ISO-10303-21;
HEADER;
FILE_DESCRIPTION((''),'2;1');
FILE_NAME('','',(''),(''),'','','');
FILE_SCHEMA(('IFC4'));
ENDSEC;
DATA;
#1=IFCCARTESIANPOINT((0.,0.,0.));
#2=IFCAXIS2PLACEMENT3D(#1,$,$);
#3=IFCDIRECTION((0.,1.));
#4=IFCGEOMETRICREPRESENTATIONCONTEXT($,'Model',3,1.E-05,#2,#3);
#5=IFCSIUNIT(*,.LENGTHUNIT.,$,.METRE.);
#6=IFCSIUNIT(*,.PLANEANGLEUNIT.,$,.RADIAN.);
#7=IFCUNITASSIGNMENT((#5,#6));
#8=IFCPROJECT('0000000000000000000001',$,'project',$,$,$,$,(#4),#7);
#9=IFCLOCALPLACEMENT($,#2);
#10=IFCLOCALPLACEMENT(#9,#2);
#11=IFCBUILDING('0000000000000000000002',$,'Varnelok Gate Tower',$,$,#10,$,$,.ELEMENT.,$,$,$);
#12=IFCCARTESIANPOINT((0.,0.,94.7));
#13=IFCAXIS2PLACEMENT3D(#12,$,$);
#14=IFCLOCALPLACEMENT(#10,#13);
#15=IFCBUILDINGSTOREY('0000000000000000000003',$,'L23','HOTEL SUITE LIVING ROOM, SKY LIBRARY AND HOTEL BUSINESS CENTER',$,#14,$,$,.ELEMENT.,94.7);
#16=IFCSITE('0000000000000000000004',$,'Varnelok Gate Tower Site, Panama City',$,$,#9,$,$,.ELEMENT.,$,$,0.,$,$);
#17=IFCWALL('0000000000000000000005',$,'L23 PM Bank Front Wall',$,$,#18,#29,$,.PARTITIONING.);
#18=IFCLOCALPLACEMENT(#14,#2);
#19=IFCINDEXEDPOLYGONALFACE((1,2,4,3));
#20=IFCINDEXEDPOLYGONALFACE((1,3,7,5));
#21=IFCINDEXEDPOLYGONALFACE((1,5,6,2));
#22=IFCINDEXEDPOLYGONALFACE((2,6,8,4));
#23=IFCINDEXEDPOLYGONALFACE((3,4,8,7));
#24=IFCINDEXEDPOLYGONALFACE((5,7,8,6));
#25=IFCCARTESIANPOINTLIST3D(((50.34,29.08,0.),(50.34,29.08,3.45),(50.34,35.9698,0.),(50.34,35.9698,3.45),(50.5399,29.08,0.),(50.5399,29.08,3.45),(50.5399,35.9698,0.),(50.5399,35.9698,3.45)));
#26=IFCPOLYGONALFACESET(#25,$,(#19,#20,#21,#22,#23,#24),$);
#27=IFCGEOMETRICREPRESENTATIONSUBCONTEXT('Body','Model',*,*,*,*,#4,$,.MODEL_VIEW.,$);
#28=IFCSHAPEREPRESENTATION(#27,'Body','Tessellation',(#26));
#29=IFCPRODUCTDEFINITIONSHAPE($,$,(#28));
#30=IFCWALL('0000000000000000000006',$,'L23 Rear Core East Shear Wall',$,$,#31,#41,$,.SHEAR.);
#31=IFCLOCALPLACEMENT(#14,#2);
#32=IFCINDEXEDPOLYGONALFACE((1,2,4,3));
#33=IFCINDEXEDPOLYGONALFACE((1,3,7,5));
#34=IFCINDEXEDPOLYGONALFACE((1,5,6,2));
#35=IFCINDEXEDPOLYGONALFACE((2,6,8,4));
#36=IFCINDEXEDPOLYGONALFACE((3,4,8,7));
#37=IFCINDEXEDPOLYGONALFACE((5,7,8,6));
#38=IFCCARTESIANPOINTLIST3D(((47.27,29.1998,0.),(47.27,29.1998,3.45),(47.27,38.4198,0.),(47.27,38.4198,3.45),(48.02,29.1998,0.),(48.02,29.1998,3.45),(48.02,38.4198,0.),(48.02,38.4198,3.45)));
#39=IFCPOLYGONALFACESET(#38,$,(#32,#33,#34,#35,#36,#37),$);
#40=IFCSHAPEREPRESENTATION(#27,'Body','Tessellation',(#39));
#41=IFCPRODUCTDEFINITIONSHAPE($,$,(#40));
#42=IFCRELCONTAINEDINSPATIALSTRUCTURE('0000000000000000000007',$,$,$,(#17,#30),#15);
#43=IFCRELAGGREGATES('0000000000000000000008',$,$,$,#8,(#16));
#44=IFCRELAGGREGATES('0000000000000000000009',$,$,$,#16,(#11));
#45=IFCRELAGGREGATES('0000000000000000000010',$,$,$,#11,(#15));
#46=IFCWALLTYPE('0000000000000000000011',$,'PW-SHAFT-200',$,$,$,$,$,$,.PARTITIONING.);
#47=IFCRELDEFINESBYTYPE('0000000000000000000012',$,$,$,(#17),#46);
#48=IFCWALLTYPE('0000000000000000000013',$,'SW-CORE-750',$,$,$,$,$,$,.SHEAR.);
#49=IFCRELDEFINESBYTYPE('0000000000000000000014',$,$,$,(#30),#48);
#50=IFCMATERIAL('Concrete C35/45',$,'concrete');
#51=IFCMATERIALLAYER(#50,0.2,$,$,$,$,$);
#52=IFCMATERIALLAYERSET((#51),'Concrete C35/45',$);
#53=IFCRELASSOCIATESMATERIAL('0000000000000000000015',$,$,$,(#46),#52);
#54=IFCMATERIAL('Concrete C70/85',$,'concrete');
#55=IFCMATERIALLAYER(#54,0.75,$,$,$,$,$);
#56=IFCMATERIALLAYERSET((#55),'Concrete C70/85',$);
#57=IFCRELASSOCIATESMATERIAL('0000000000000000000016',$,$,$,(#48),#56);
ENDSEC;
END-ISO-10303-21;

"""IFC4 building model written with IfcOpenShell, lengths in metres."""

from ifc_helpers import new_model, si_unit, direction, frame, frame_2d, origin, place, context, subcontext, project, spatial, rectangle, extrude, material, layer, layer_set, type_object, element, save


model = new_model("IFC4")

# Units and contexts
model_context = context("Model", 3, precision=1e-05, world=origin(), true_north=direction((0.0, 1.0)))
body_context = subcontext(model_context, "Body", "Model", "MODEL_VIEW")
ifc_project = project(units=[si_unit("LENGTHUNIT", "METRE"), si_unit("PLANEANGLEUNIT", "RADIAN")], contexts=[model_context])

# Site, building, storey
site_placement = place(None, origin())
site = spatial("IfcSite", under=ifc_project, at=site_placement, Name="Varnelok Gate Tower Site, Panama City", CompositionType="ELEMENT", RefElevation=0.0)
building_placement = place(site_placement, origin())
building = spatial("IfcBuilding", under=site, at=building_placement, Name="Varnelok Gate Tower", CompositionType="ELEMENT")
storey_placement = place(building_placement, frame((0.0, 0.0, 94.7)))
storey = spatial("IfcBuildingStorey", under=building, at=storey_placement, Name="L23", Description="HOTEL SUITE LIVING ROOM, SKY LIBRARY AND HOTEL BUSINESS CENTER", CompositionType="ELEMENT", Elevation=94.7)

# Shared definitions
ifc_material_1 = material(Name="Concrete C70/85", Category="concrete")

# Walls
ifc_material_2 = material(Name="Concrete C35/45", Category="concrete")
ifc_layer_1 = layer(ifc_material_2, 0.2)
ifc_layer_set_1 = layer_set([ifc_layer_1], Name="Concrete C35/45")
wall_type_1 = type_object("IfcWallType", Name="PW-SHAFT-200", PredefinedType="PARTITIONING", material=ifc_layer_set_1)
for number, where, z_axis, x_axis, name in (
    (1, (50.4399, 29.0801, 0.0), (0.0, 0.0, 1.0), (0.0, 1.0, 0.0), "L23 PM Bank Front Wall"),
):
    element("IfcWall", number, at=place(storey_placement, frame(where, z_axis=z_axis, x_axis=x_axis)), inside=storey, type_object=wall_type_1, Name=name, PredefinedType="PARTITIONING", context=body_context, shape_type="SweptSolid", body=[
        extrude(rectangle(XDim=6.8899, YDim=0.2, at=frame_2d((3.4448, 0.0))), origin(), (0.0, 0.0, 1.0), 3.45),
    ])
ifc_layer_2 = layer(ifc_material_1, 0.75)
ifc_layer_set_2 = layer_set([ifc_layer_2], Name="Concrete C70/85")
wall_type_2 = type_object("IfcWallType", Name="SW-CORE-750", PredefinedType="SHEAR", material=ifc_layer_set_2)
wall_1_placement = place(storey_placement, frame((47.645, 29.2, 0.0), z_axis=(0.0, 0.0, 1.0), x_axis=(0.0, 1.0, 0.0)))
element("IfcWall", 2, at=wall_1_placement, inside=storey, type_object=wall_type_2, Name="L23 Rear Core East Shear Wall", PredefinedType="SHEAR", context=body_context, shape_type="SweptSolid", body=[
    extrude(rectangle(XDim=9.22, YDim=0.75, at=frame_2d((4.6099, 0.0))), origin(), (0.0, 0.0, 1.0), 3.45),
])

save(model, "model.ifc")
